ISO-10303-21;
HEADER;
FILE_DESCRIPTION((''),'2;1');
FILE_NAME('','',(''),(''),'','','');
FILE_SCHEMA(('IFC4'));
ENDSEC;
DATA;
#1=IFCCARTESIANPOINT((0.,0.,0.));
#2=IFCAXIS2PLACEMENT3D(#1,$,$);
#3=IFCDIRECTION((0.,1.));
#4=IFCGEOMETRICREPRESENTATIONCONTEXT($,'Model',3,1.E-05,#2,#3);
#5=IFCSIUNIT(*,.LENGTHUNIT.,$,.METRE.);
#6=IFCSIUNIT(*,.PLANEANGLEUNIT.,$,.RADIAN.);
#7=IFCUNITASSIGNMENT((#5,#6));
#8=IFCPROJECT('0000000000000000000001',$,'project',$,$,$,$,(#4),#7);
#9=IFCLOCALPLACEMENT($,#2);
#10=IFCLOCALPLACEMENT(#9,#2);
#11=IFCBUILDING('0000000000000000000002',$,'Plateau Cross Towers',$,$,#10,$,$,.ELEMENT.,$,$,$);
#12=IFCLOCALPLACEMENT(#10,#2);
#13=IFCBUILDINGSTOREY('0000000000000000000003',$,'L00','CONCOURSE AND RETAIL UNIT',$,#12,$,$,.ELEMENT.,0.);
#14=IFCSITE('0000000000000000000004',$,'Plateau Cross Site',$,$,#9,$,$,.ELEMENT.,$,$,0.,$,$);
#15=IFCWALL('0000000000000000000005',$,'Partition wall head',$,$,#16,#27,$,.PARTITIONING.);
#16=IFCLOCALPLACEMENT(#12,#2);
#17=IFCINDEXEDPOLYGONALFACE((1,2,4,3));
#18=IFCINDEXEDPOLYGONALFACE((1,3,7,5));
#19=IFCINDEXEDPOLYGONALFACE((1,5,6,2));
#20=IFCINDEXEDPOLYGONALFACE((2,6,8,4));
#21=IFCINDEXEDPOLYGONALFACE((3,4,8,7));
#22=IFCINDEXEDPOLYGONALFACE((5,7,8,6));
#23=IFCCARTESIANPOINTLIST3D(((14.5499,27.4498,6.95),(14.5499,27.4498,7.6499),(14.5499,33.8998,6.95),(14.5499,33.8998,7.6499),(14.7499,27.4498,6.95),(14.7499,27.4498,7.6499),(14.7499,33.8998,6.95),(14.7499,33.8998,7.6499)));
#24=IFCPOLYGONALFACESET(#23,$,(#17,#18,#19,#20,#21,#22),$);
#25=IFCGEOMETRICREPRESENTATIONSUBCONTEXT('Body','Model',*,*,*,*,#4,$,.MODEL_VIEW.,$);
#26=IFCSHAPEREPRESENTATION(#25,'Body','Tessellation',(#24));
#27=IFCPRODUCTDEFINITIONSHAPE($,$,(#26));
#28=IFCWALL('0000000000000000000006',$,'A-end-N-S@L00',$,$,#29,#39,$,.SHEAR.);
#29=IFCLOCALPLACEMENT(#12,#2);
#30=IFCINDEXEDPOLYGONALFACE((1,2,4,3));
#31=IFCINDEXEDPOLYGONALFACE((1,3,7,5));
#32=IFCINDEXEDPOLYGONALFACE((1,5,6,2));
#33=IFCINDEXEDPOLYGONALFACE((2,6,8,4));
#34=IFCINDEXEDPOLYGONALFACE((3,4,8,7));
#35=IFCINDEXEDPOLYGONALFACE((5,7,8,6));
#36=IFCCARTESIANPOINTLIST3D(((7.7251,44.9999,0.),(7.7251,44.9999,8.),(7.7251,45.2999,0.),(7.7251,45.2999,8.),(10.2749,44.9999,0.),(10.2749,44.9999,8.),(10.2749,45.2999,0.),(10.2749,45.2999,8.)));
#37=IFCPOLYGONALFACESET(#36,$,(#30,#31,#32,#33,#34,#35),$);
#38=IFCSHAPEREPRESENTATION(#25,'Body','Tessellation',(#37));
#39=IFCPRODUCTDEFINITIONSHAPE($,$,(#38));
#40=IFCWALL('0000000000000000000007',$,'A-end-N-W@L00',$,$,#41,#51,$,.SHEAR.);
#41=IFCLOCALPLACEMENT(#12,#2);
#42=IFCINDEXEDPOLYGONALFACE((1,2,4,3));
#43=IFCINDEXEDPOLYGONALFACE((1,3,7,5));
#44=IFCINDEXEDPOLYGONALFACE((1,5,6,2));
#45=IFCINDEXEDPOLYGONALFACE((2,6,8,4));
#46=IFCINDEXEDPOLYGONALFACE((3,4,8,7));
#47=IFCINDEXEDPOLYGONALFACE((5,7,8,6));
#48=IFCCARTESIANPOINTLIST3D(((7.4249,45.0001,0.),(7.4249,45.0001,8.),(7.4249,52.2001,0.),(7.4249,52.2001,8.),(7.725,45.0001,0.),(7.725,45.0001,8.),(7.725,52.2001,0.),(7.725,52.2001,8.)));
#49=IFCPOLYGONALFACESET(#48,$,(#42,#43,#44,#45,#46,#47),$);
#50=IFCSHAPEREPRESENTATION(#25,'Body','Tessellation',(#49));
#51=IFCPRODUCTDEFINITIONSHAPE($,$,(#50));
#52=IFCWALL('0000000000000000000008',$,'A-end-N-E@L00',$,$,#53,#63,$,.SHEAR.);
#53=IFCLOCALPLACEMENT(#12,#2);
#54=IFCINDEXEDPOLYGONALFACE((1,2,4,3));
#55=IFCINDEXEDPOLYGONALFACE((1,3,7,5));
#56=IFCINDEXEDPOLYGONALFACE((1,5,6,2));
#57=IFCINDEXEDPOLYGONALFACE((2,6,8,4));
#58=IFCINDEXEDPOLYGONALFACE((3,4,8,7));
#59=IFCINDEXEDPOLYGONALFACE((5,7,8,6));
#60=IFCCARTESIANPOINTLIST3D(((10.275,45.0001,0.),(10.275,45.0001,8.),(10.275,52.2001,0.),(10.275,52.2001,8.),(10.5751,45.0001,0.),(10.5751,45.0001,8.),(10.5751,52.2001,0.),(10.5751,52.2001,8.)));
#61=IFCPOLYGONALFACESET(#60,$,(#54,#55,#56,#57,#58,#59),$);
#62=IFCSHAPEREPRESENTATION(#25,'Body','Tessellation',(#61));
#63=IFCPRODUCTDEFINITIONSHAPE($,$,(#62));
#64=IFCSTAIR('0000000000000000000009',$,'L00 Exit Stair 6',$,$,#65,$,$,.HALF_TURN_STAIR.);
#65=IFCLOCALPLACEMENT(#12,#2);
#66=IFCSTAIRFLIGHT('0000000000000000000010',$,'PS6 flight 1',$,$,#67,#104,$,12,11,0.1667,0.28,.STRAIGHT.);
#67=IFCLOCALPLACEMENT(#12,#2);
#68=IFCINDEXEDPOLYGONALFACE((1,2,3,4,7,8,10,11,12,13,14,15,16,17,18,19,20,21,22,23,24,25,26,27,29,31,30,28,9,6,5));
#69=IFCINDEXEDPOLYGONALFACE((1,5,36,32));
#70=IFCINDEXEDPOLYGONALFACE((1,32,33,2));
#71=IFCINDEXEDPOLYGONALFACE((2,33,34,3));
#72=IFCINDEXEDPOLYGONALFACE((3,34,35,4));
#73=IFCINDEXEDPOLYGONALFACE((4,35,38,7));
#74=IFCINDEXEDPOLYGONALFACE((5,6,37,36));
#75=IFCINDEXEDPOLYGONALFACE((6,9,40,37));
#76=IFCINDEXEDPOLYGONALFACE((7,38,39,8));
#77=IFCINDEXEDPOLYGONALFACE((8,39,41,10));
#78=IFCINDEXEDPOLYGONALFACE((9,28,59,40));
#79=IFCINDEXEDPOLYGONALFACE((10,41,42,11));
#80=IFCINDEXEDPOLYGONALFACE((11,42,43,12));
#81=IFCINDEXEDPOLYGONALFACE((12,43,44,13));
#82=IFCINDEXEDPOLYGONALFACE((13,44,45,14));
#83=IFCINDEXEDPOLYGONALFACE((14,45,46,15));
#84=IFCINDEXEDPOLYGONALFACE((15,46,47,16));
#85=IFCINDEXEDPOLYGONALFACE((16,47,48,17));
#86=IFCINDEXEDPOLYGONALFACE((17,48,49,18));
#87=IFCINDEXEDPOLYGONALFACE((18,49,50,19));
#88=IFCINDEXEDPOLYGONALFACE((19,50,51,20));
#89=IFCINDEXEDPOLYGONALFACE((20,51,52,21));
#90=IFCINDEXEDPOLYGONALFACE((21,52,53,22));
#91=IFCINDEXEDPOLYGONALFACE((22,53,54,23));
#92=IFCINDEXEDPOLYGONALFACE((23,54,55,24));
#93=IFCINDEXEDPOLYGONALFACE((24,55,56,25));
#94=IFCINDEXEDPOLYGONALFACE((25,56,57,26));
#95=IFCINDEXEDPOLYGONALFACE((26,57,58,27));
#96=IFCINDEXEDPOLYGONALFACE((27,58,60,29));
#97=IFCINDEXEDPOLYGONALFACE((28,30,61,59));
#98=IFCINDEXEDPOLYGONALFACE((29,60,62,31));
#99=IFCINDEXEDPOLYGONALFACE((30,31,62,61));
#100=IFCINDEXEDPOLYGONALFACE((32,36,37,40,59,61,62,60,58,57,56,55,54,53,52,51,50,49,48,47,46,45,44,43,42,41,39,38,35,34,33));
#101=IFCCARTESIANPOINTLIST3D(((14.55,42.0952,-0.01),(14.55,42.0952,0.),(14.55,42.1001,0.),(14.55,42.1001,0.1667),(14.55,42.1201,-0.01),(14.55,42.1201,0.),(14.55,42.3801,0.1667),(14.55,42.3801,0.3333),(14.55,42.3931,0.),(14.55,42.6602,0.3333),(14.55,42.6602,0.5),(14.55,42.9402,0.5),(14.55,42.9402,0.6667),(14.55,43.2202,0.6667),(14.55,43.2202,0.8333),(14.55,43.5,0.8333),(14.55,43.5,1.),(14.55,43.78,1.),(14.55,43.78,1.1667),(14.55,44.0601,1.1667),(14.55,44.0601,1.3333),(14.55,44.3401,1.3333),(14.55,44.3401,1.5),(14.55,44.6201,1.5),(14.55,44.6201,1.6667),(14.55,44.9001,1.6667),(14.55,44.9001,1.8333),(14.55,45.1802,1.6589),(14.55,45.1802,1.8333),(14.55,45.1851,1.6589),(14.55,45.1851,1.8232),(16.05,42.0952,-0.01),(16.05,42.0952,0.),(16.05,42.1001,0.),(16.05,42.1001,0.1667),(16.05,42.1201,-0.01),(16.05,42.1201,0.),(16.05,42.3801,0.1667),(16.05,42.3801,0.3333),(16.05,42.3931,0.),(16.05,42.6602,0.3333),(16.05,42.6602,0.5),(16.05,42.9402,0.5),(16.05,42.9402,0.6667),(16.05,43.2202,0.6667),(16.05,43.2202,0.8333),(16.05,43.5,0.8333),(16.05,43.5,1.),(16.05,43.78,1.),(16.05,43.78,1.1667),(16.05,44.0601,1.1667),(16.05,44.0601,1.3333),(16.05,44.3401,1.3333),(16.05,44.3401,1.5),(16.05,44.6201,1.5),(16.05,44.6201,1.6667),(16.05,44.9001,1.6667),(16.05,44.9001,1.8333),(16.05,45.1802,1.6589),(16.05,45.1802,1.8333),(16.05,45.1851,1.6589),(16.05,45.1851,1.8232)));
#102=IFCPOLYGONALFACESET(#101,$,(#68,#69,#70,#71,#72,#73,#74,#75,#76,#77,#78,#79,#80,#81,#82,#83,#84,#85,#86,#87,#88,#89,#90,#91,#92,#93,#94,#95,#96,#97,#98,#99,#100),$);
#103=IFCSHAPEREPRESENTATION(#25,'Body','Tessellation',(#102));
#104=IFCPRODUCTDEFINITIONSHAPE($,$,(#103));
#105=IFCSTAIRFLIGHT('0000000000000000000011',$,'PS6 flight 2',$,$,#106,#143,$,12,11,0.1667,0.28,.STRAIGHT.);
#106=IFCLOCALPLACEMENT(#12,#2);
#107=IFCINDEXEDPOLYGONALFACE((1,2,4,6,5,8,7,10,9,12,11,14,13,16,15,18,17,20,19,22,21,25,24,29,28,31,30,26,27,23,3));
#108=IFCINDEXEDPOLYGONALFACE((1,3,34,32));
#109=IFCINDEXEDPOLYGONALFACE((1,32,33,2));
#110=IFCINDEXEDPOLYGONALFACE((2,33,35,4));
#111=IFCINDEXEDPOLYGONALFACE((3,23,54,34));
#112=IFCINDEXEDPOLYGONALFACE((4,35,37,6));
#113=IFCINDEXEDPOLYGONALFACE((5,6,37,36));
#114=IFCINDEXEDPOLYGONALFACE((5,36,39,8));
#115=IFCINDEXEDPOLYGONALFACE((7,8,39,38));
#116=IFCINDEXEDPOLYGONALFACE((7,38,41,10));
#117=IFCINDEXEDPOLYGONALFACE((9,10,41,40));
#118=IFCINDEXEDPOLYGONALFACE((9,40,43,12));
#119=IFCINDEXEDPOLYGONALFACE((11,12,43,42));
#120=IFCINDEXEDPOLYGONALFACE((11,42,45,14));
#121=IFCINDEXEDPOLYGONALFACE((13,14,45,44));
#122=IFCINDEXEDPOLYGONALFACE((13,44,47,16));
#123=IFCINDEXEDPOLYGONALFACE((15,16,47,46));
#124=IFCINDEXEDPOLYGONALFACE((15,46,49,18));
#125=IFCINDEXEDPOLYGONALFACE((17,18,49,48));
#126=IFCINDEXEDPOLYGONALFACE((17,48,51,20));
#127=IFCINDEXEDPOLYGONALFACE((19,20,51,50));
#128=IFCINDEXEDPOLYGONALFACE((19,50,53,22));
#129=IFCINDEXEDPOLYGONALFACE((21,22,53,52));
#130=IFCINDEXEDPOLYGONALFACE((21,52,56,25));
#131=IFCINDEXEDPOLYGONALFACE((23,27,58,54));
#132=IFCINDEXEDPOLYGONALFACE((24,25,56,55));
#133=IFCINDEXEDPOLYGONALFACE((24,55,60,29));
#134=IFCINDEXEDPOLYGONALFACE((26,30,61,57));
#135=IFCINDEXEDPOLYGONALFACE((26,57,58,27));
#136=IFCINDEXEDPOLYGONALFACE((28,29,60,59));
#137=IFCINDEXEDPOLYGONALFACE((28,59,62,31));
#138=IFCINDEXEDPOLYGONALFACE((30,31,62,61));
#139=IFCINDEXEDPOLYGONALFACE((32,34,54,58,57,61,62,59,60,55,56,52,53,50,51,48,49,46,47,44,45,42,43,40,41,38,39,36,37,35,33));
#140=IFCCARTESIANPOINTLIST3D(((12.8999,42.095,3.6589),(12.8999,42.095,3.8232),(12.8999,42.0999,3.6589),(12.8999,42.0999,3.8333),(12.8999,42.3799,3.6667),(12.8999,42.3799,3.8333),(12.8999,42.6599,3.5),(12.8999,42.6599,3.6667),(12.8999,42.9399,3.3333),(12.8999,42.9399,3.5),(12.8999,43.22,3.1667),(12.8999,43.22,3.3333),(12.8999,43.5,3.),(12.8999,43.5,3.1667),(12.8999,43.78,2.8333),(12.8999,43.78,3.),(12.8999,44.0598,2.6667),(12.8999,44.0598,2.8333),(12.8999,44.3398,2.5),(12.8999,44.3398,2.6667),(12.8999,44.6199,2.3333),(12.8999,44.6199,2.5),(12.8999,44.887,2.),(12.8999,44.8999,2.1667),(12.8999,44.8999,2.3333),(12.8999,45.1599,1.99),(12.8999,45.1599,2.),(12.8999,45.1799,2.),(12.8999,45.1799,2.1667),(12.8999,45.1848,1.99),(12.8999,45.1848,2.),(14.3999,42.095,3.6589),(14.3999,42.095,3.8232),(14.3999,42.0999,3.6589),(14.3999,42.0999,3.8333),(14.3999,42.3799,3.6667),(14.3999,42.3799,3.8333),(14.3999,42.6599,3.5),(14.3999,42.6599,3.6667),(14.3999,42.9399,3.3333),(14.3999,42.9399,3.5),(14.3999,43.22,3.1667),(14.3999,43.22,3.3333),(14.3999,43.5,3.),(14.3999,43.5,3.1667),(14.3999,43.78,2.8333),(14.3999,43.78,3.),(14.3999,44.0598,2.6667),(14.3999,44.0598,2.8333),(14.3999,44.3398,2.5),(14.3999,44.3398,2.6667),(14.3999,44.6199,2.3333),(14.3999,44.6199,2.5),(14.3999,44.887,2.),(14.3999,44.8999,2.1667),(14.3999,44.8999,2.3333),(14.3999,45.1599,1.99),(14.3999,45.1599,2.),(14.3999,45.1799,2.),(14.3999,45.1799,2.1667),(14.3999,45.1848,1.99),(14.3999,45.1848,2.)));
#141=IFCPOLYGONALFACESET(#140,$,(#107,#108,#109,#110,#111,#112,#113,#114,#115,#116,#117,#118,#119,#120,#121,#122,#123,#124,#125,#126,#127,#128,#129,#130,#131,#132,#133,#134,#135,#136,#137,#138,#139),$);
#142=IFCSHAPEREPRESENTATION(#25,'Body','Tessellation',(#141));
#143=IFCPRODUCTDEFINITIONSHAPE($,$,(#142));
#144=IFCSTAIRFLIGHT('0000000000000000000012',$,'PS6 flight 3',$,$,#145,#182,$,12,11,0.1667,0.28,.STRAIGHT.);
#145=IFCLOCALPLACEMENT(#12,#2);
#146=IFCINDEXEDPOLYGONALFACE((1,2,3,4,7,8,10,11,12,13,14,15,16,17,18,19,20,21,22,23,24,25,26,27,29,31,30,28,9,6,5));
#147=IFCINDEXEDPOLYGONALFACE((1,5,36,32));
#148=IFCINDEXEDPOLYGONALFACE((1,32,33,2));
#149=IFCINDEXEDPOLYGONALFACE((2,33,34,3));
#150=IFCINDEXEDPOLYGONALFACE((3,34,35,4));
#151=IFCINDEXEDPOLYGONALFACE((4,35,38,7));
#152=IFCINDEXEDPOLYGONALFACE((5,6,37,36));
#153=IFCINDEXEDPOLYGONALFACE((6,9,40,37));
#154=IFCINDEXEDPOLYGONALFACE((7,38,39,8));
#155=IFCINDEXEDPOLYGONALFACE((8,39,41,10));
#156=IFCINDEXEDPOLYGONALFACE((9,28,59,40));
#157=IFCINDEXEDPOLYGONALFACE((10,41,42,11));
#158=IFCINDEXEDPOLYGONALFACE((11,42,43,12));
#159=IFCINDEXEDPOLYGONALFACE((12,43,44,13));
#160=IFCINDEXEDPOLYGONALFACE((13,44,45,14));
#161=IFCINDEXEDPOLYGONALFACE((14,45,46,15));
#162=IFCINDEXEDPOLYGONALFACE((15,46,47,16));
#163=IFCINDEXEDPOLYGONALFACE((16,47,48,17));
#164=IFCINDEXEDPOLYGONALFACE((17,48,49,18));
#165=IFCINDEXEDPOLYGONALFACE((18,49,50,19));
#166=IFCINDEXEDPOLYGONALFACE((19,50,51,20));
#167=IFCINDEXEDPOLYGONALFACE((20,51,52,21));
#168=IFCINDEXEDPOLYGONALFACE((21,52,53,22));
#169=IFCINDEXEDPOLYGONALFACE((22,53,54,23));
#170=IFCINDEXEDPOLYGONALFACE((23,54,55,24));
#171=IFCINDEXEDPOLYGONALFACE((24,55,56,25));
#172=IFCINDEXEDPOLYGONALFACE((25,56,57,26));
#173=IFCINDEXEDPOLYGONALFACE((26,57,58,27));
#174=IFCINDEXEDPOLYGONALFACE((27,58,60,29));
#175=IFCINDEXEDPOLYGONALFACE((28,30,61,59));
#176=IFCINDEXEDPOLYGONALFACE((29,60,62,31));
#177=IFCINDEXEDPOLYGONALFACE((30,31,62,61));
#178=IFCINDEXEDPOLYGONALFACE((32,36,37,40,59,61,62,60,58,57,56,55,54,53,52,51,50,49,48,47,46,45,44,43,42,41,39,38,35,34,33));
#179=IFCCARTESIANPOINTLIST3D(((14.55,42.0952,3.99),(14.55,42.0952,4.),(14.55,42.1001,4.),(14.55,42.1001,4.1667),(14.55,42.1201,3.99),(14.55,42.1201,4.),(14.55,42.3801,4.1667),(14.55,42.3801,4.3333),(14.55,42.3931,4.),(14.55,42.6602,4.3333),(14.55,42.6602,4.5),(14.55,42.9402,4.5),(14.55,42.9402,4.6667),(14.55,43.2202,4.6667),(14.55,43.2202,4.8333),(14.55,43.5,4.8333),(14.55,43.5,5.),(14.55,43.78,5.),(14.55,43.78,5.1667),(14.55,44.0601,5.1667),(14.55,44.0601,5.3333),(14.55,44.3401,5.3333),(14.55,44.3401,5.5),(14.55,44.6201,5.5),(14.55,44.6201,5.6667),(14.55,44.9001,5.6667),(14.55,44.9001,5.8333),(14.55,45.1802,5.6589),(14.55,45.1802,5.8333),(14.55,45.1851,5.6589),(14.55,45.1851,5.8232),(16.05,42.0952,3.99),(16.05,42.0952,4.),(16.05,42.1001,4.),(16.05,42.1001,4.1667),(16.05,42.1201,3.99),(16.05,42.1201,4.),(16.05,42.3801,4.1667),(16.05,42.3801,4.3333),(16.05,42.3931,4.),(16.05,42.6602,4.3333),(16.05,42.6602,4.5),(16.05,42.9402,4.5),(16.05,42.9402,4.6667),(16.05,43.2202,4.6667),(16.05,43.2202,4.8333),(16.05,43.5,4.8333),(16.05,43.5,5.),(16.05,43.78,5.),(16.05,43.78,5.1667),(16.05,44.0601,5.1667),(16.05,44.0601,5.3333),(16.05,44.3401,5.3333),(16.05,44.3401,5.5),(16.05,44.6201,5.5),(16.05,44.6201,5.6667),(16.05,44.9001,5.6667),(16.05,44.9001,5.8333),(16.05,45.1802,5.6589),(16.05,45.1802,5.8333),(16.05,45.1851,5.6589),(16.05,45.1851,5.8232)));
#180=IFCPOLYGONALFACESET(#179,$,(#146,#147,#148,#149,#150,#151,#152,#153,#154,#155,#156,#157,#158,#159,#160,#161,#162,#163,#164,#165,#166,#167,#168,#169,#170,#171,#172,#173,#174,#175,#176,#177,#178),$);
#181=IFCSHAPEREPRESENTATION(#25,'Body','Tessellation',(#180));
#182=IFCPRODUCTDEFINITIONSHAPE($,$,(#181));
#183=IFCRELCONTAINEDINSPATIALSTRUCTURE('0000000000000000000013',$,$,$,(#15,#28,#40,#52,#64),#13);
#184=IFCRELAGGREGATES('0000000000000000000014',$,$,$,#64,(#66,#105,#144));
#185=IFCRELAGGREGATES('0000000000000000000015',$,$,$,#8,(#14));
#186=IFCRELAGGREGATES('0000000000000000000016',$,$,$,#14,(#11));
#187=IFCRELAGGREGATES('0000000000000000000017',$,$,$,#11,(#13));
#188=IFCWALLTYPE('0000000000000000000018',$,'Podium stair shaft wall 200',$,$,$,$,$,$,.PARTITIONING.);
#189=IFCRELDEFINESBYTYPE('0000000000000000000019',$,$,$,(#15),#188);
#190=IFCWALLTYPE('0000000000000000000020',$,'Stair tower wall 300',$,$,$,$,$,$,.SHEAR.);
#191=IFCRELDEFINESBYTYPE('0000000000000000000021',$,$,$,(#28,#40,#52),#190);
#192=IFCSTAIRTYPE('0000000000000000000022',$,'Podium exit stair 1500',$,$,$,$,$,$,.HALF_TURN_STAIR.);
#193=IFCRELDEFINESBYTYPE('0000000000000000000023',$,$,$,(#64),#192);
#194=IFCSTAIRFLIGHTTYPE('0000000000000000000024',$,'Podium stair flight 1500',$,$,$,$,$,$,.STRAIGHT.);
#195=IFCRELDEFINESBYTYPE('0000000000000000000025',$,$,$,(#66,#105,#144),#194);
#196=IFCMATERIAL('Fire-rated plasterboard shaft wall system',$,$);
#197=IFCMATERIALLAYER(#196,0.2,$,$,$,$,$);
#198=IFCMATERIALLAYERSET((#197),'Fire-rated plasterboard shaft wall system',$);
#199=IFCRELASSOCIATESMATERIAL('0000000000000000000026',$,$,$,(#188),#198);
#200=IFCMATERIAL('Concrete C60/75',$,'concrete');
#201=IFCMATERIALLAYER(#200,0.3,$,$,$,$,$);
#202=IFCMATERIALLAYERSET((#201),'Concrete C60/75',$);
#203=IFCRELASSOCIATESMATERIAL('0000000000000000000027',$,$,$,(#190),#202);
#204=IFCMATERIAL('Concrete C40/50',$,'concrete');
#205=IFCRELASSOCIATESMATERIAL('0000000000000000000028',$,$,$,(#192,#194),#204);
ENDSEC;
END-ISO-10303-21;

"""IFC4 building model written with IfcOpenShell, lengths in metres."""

from ifc_helpers import new_model, si_unit, direction, frame, frame_2d, origin, place, context, subcontext, project, spatial, polyline, rectangle, outline, extrude, material, layer, layer_set, type_object, element, aggregate, save


model = new_model("IFC4")

# Units and contexts
model_context = context("Model", 3, precision=1e-05, world=origin(), true_north=direction((0.0, 1.0)))
body_context = subcontext(model_context, "Body", "Model", "MODEL_VIEW")
ifc_project = project(units=[si_unit("LENGTHUNIT", "METRE"), si_unit("PLANEANGLEUNIT", "RADIAN")], contexts=[model_context])

# Site, building, storey
site_placement = place(None, origin())
site = spatial("IfcSite", under=ifc_project, at=site_placement, Name="Plateau Cross Site", CompositionType="ELEMENT", RefElevation=0.0)
building_placement = place(site_placement, origin())
building = spatial("IfcBuilding", under=site, at=building_placement, Name="Plateau Cross Towers", CompositionType="ELEMENT")
storey_placement = place(building_placement, origin())
storey = spatial("IfcBuildingStorey", under=building, at=storey_placement, Name="L00", Description="CONCOURSE AND RETAIL UNIT", CompositionType="ELEMENT", Elevation=0.0)

# Shared definitions
ifc_material_1 = material(Name="Concrete C60/75", Category="concrete")

# Walls
ifc_material_2 = material(Name="Fire-rated plasterboard shaft wall system")
ifc_layer_1 = layer(ifc_material_2, 0.2)
ifc_layer_set_1 = layer_set([ifc_layer_1], Name="Fire-rated plasterboard shaft wall system")
wall_type_1 = type_object("IfcWallType", Name="Podium stair shaft wall 200", PredefinedType="PARTITIONING", material=ifc_layer_set_1)
for number, where, z_axis, x_axis, name in (
    (1, (14.6499, 33.8999, 6.95), (0.0, 0.0, 1.0), (0.0, -1.0, 0.0), "Partition wall head"),
):
    element("IfcWall", number, at=place(storey_placement, frame(where, z_axis=z_axis, x_axis=x_axis)), inside=storey, type_object=wall_type_1, Name=name, PredefinedType="PARTITIONING", context=body_context, shape_type="SweptSolid", body=[
        extrude(rectangle(XDim=6.45, YDim=0.2, at=frame_2d((3.2251, 0.0))), origin(), (0.0, 0.0, 1.0), 0.7),
    ])
ifc_layer_2 = layer(ifc_material_1, 0.3)
ifc_layer_set_2 = layer_set([ifc_layer_2], Name="Concrete C60/75")
wall_type_2 = type_object("IfcWallType", Name="Stair tower wall 300", PredefinedType="SHEAR", material=ifc_layer_set_2)
wall_1_placement = place(storey_placement, frame((7.7251, 45.1499, 0.0), z_axis=(0.0, 0.0, 1.0), x_axis=(1.0, 0.0, 0.0)))
element("IfcWall", 2, at=wall_1_placement, inside=storey, type_object=wall_type_2, Name="A-end-N-S@L00", PredefinedType="SHEAR", context=body_context, shape_type="SweptSolid", body=[
    extrude(rectangle(XDim=2.5498, YDim=0.3, at=frame_2d((1.2749, 0.0))), origin(), (0.0, 0.0, 1.0), 8.0),
])
for number, where, z_axis, x_axis, name in (
    (3, (7.575, 45.0, 0.0), (0.0, 0.0, 1.0), (0.0, 1.0, 0.0), "A-end-N-W@L00"),
    (4, (10.425, 45.0, 0.0), (0.0, 0.0, 1.0), (0.0, 1.0, 0.0), "A-end-N-E@L00"),
):
    element("IfcWall", number, at=place(storey_placement, frame(where, z_axis=z_axis, x_axis=x_axis)), inside=storey, type_object=wall_type_2, Name=name, PredefinedType="SHEAR", context=body_context, shape_type="SweptSolid", body=[
        extrude(rectangle(XDim=7.2, YDim=0.3, at=frame_2d((3.6001, 0.0))), origin(), (0.0, 0.0, 1.0), 8.0),
    ])

# Stair, stair flights
ifc_material_3 = material(Name="Concrete C40/50", Category="concrete")
stair_type = type_object("IfcStairType", Name="Podium exit stair 1500", PredefinedType="HALF_TURN_STAIR", material=ifc_material_3)
stair_placement = place(storey_placement, origin())
stair = element("IfcStair", 5, at=stair_placement, inside=storey, type_object=stair_type, Name="L00 Exit Stair 6", PredefinedType="HALF_TURN_STAIR")
stair_flight_type = type_object("IfcStairFlightType", Name="Podium stair flight 1500", PredefinedType="STRAIGHT", material=ifc_material_3)
stair_flight_1_placement = place(storey_placement, frame((15.3, 42.1001, 0.0), z_axis=(0.0, 0.0, 1.0), x_axis=(0.0, 1.0, 0.0)))
stair_flight_1 = element("IfcStairFlight", 6, at=stair_flight_1_placement, type_object=stair_flight_type, Name="PS6 flight 1", NumberOfRisers=12, NumberOfTreads=11, PredefinedType="STRAIGHT", RiserHeight=0.1667, TreadLength=0.28, context=body_context, shape_type="SweptSolid", body=[
    extrude(outline(polyline([(-0.0049, -0.01), (-0.0049, 0.0), (0.0, 0.0), (0.0, 0.1667), (0.28, 0.1667), (0.28, 0.3333), (0.5601, 0.3333), (0.5601, 0.5), (0.8401, 0.5), (0.8401, 0.6667), (1.1201, 0.6667), (1.1201, 0.8333), (1.3999, 0.8333), (1.3999, 1.0), (1.6799, 1.0), (1.6799, 1.1667), (1.96, 1.1667), (1.96, 1.3333), (2.24, 1.3333), (2.24, 1.5), (2.52, 1.5), (2.52, 1.6667), (2.8, 1.6667), (2.8, 1.8333), (3.0801, 1.8333), (3.085, 1.8232), (3.085, 1.6589), (3.0801, 1.6589), (0.293, 0.0), (0.02, 0.0), (0.02, -0.01), (-0.0049, -0.01)])), frame((0.0, 0.75, 0.0), z_axis=(0.0, -1.0, 0.0), x_axis=(1.0, 0.0, 0.0)), (0.0, 0.0, 1.0), 1.5),
])
stair_flight_2_placement = place(storey_placement, frame((13.6499, 45.1799, 2.0), z_axis=(0.0, 0.0, 1.0), x_axis=(0.0, -1.0, 0.0)))
stair_flight_2 = element("IfcStairFlight", 7, at=stair_flight_2_placement, type_object=stair_flight_type, Name="PS6 flight 2", NumberOfRisers=12, NumberOfTreads=11, PredefinedType="STRAIGHT", RiserHeight=0.1667, TreadLength=0.28, context=body_context, shape_type="SweptSolid", body=[
    extrude(outline(polyline([(-0.0049, -0.01), (-0.0049, 0.0), (0.0, 0.0), (0.0, 0.1667), (0.28, 0.1667), (0.28, 0.3333), (0.5601, 0.3333), (0.5601, 0.5), (0.8401, 0.5), (0.8401, 0.6667), (1.1201, 0.6667), (1.1201, 0.8333), (1.3999, 0.8333), (1.3999, 1.0), (1.6799, 1.0), (1.6799, 1.1667), (1.96, 1.1667), (1.96, 1.3333), (2.24, 1.3333), (2.24, 1.5), (2.52, 1.5), (2.52, 1.6667), (2.8, 1.6667), (2.8, 1.8333), (3.0801, 1.8333), (3.085, 1.8232), (3.085, 1.6589), (3.0801, 1.6589), (0.293, 0.0), (0.02, 0.0), (0.02, -0.01), (-0.0049, -0.01)])), frame((0.0, 0.75, 0.0), z_axis=(0.0, -1.0, 0.0), x_axis=(1.0, 0.0, 0.0)), (0.0, 0.0, 1.0), 1.5),
])
stair_flight_3_placement = place(storey_placement, frame((15.3, 42.1001, 4.0), z_axis=(0.0, 0.0, 1.0), x_axis=(0.0, 1.0, 0.0)))
stair_flight_3 = element("IfcStairFlight", 8, at=stair_flight_3_placement, type_object=stair_flight_type, Name="PS6 flight 3", NumberOfRisers=12, NumberOfTreads=11, PredefinedType="STRAIGHT", RiserHeight=0.1667, TreadLength=0.28, context=body_context, shape_type="SweptSolid", body=[
    extrude(outline(polyline([(-0.0049, -0.01), (-0.0049, 0.0), (0.0, 0.0), (0.0, 0.1667), (0.28, 0.1667), (0.28, 0.3333), (0.5601, 0.3333), (0.5601, 0.5), (0.8401, 0.5), (0.8401, 0.6667), (1.1201, 0.6667), (1.1201, 0.8333), (1.3999, 0.8333), (1.3999, 1.0), (1.6799, 1.0), (1.6799, 1.1667), (1.96, 1.1667), (1.96, 1.3333), (2.24, 1.3333), (2.24, 1.5), (2.52, 1.5), (2.52, 1.6667), (2.8, 1.6667), (2.8, 1.8333), (3.0801, 1.8333), (3.085, 1.8232), (3.085, 1.6589), (3.0801, 1.6589), (0.293, 0.0), (0.02, 0.0), (0.02, -0.01), (-0.0049, -0.01)])), frame((0.0, 0.75, 0.0), z_axis=(0.0, -1.0, 0.0), x_axis=(1.0, 0.0, 0.0)), (0.0, 0.0, 1.0), 1.5),
])
aggregate(stair, [stair_flight_1, stair_flight_2, stair_flight_3])

save(model, "model.ifc")
